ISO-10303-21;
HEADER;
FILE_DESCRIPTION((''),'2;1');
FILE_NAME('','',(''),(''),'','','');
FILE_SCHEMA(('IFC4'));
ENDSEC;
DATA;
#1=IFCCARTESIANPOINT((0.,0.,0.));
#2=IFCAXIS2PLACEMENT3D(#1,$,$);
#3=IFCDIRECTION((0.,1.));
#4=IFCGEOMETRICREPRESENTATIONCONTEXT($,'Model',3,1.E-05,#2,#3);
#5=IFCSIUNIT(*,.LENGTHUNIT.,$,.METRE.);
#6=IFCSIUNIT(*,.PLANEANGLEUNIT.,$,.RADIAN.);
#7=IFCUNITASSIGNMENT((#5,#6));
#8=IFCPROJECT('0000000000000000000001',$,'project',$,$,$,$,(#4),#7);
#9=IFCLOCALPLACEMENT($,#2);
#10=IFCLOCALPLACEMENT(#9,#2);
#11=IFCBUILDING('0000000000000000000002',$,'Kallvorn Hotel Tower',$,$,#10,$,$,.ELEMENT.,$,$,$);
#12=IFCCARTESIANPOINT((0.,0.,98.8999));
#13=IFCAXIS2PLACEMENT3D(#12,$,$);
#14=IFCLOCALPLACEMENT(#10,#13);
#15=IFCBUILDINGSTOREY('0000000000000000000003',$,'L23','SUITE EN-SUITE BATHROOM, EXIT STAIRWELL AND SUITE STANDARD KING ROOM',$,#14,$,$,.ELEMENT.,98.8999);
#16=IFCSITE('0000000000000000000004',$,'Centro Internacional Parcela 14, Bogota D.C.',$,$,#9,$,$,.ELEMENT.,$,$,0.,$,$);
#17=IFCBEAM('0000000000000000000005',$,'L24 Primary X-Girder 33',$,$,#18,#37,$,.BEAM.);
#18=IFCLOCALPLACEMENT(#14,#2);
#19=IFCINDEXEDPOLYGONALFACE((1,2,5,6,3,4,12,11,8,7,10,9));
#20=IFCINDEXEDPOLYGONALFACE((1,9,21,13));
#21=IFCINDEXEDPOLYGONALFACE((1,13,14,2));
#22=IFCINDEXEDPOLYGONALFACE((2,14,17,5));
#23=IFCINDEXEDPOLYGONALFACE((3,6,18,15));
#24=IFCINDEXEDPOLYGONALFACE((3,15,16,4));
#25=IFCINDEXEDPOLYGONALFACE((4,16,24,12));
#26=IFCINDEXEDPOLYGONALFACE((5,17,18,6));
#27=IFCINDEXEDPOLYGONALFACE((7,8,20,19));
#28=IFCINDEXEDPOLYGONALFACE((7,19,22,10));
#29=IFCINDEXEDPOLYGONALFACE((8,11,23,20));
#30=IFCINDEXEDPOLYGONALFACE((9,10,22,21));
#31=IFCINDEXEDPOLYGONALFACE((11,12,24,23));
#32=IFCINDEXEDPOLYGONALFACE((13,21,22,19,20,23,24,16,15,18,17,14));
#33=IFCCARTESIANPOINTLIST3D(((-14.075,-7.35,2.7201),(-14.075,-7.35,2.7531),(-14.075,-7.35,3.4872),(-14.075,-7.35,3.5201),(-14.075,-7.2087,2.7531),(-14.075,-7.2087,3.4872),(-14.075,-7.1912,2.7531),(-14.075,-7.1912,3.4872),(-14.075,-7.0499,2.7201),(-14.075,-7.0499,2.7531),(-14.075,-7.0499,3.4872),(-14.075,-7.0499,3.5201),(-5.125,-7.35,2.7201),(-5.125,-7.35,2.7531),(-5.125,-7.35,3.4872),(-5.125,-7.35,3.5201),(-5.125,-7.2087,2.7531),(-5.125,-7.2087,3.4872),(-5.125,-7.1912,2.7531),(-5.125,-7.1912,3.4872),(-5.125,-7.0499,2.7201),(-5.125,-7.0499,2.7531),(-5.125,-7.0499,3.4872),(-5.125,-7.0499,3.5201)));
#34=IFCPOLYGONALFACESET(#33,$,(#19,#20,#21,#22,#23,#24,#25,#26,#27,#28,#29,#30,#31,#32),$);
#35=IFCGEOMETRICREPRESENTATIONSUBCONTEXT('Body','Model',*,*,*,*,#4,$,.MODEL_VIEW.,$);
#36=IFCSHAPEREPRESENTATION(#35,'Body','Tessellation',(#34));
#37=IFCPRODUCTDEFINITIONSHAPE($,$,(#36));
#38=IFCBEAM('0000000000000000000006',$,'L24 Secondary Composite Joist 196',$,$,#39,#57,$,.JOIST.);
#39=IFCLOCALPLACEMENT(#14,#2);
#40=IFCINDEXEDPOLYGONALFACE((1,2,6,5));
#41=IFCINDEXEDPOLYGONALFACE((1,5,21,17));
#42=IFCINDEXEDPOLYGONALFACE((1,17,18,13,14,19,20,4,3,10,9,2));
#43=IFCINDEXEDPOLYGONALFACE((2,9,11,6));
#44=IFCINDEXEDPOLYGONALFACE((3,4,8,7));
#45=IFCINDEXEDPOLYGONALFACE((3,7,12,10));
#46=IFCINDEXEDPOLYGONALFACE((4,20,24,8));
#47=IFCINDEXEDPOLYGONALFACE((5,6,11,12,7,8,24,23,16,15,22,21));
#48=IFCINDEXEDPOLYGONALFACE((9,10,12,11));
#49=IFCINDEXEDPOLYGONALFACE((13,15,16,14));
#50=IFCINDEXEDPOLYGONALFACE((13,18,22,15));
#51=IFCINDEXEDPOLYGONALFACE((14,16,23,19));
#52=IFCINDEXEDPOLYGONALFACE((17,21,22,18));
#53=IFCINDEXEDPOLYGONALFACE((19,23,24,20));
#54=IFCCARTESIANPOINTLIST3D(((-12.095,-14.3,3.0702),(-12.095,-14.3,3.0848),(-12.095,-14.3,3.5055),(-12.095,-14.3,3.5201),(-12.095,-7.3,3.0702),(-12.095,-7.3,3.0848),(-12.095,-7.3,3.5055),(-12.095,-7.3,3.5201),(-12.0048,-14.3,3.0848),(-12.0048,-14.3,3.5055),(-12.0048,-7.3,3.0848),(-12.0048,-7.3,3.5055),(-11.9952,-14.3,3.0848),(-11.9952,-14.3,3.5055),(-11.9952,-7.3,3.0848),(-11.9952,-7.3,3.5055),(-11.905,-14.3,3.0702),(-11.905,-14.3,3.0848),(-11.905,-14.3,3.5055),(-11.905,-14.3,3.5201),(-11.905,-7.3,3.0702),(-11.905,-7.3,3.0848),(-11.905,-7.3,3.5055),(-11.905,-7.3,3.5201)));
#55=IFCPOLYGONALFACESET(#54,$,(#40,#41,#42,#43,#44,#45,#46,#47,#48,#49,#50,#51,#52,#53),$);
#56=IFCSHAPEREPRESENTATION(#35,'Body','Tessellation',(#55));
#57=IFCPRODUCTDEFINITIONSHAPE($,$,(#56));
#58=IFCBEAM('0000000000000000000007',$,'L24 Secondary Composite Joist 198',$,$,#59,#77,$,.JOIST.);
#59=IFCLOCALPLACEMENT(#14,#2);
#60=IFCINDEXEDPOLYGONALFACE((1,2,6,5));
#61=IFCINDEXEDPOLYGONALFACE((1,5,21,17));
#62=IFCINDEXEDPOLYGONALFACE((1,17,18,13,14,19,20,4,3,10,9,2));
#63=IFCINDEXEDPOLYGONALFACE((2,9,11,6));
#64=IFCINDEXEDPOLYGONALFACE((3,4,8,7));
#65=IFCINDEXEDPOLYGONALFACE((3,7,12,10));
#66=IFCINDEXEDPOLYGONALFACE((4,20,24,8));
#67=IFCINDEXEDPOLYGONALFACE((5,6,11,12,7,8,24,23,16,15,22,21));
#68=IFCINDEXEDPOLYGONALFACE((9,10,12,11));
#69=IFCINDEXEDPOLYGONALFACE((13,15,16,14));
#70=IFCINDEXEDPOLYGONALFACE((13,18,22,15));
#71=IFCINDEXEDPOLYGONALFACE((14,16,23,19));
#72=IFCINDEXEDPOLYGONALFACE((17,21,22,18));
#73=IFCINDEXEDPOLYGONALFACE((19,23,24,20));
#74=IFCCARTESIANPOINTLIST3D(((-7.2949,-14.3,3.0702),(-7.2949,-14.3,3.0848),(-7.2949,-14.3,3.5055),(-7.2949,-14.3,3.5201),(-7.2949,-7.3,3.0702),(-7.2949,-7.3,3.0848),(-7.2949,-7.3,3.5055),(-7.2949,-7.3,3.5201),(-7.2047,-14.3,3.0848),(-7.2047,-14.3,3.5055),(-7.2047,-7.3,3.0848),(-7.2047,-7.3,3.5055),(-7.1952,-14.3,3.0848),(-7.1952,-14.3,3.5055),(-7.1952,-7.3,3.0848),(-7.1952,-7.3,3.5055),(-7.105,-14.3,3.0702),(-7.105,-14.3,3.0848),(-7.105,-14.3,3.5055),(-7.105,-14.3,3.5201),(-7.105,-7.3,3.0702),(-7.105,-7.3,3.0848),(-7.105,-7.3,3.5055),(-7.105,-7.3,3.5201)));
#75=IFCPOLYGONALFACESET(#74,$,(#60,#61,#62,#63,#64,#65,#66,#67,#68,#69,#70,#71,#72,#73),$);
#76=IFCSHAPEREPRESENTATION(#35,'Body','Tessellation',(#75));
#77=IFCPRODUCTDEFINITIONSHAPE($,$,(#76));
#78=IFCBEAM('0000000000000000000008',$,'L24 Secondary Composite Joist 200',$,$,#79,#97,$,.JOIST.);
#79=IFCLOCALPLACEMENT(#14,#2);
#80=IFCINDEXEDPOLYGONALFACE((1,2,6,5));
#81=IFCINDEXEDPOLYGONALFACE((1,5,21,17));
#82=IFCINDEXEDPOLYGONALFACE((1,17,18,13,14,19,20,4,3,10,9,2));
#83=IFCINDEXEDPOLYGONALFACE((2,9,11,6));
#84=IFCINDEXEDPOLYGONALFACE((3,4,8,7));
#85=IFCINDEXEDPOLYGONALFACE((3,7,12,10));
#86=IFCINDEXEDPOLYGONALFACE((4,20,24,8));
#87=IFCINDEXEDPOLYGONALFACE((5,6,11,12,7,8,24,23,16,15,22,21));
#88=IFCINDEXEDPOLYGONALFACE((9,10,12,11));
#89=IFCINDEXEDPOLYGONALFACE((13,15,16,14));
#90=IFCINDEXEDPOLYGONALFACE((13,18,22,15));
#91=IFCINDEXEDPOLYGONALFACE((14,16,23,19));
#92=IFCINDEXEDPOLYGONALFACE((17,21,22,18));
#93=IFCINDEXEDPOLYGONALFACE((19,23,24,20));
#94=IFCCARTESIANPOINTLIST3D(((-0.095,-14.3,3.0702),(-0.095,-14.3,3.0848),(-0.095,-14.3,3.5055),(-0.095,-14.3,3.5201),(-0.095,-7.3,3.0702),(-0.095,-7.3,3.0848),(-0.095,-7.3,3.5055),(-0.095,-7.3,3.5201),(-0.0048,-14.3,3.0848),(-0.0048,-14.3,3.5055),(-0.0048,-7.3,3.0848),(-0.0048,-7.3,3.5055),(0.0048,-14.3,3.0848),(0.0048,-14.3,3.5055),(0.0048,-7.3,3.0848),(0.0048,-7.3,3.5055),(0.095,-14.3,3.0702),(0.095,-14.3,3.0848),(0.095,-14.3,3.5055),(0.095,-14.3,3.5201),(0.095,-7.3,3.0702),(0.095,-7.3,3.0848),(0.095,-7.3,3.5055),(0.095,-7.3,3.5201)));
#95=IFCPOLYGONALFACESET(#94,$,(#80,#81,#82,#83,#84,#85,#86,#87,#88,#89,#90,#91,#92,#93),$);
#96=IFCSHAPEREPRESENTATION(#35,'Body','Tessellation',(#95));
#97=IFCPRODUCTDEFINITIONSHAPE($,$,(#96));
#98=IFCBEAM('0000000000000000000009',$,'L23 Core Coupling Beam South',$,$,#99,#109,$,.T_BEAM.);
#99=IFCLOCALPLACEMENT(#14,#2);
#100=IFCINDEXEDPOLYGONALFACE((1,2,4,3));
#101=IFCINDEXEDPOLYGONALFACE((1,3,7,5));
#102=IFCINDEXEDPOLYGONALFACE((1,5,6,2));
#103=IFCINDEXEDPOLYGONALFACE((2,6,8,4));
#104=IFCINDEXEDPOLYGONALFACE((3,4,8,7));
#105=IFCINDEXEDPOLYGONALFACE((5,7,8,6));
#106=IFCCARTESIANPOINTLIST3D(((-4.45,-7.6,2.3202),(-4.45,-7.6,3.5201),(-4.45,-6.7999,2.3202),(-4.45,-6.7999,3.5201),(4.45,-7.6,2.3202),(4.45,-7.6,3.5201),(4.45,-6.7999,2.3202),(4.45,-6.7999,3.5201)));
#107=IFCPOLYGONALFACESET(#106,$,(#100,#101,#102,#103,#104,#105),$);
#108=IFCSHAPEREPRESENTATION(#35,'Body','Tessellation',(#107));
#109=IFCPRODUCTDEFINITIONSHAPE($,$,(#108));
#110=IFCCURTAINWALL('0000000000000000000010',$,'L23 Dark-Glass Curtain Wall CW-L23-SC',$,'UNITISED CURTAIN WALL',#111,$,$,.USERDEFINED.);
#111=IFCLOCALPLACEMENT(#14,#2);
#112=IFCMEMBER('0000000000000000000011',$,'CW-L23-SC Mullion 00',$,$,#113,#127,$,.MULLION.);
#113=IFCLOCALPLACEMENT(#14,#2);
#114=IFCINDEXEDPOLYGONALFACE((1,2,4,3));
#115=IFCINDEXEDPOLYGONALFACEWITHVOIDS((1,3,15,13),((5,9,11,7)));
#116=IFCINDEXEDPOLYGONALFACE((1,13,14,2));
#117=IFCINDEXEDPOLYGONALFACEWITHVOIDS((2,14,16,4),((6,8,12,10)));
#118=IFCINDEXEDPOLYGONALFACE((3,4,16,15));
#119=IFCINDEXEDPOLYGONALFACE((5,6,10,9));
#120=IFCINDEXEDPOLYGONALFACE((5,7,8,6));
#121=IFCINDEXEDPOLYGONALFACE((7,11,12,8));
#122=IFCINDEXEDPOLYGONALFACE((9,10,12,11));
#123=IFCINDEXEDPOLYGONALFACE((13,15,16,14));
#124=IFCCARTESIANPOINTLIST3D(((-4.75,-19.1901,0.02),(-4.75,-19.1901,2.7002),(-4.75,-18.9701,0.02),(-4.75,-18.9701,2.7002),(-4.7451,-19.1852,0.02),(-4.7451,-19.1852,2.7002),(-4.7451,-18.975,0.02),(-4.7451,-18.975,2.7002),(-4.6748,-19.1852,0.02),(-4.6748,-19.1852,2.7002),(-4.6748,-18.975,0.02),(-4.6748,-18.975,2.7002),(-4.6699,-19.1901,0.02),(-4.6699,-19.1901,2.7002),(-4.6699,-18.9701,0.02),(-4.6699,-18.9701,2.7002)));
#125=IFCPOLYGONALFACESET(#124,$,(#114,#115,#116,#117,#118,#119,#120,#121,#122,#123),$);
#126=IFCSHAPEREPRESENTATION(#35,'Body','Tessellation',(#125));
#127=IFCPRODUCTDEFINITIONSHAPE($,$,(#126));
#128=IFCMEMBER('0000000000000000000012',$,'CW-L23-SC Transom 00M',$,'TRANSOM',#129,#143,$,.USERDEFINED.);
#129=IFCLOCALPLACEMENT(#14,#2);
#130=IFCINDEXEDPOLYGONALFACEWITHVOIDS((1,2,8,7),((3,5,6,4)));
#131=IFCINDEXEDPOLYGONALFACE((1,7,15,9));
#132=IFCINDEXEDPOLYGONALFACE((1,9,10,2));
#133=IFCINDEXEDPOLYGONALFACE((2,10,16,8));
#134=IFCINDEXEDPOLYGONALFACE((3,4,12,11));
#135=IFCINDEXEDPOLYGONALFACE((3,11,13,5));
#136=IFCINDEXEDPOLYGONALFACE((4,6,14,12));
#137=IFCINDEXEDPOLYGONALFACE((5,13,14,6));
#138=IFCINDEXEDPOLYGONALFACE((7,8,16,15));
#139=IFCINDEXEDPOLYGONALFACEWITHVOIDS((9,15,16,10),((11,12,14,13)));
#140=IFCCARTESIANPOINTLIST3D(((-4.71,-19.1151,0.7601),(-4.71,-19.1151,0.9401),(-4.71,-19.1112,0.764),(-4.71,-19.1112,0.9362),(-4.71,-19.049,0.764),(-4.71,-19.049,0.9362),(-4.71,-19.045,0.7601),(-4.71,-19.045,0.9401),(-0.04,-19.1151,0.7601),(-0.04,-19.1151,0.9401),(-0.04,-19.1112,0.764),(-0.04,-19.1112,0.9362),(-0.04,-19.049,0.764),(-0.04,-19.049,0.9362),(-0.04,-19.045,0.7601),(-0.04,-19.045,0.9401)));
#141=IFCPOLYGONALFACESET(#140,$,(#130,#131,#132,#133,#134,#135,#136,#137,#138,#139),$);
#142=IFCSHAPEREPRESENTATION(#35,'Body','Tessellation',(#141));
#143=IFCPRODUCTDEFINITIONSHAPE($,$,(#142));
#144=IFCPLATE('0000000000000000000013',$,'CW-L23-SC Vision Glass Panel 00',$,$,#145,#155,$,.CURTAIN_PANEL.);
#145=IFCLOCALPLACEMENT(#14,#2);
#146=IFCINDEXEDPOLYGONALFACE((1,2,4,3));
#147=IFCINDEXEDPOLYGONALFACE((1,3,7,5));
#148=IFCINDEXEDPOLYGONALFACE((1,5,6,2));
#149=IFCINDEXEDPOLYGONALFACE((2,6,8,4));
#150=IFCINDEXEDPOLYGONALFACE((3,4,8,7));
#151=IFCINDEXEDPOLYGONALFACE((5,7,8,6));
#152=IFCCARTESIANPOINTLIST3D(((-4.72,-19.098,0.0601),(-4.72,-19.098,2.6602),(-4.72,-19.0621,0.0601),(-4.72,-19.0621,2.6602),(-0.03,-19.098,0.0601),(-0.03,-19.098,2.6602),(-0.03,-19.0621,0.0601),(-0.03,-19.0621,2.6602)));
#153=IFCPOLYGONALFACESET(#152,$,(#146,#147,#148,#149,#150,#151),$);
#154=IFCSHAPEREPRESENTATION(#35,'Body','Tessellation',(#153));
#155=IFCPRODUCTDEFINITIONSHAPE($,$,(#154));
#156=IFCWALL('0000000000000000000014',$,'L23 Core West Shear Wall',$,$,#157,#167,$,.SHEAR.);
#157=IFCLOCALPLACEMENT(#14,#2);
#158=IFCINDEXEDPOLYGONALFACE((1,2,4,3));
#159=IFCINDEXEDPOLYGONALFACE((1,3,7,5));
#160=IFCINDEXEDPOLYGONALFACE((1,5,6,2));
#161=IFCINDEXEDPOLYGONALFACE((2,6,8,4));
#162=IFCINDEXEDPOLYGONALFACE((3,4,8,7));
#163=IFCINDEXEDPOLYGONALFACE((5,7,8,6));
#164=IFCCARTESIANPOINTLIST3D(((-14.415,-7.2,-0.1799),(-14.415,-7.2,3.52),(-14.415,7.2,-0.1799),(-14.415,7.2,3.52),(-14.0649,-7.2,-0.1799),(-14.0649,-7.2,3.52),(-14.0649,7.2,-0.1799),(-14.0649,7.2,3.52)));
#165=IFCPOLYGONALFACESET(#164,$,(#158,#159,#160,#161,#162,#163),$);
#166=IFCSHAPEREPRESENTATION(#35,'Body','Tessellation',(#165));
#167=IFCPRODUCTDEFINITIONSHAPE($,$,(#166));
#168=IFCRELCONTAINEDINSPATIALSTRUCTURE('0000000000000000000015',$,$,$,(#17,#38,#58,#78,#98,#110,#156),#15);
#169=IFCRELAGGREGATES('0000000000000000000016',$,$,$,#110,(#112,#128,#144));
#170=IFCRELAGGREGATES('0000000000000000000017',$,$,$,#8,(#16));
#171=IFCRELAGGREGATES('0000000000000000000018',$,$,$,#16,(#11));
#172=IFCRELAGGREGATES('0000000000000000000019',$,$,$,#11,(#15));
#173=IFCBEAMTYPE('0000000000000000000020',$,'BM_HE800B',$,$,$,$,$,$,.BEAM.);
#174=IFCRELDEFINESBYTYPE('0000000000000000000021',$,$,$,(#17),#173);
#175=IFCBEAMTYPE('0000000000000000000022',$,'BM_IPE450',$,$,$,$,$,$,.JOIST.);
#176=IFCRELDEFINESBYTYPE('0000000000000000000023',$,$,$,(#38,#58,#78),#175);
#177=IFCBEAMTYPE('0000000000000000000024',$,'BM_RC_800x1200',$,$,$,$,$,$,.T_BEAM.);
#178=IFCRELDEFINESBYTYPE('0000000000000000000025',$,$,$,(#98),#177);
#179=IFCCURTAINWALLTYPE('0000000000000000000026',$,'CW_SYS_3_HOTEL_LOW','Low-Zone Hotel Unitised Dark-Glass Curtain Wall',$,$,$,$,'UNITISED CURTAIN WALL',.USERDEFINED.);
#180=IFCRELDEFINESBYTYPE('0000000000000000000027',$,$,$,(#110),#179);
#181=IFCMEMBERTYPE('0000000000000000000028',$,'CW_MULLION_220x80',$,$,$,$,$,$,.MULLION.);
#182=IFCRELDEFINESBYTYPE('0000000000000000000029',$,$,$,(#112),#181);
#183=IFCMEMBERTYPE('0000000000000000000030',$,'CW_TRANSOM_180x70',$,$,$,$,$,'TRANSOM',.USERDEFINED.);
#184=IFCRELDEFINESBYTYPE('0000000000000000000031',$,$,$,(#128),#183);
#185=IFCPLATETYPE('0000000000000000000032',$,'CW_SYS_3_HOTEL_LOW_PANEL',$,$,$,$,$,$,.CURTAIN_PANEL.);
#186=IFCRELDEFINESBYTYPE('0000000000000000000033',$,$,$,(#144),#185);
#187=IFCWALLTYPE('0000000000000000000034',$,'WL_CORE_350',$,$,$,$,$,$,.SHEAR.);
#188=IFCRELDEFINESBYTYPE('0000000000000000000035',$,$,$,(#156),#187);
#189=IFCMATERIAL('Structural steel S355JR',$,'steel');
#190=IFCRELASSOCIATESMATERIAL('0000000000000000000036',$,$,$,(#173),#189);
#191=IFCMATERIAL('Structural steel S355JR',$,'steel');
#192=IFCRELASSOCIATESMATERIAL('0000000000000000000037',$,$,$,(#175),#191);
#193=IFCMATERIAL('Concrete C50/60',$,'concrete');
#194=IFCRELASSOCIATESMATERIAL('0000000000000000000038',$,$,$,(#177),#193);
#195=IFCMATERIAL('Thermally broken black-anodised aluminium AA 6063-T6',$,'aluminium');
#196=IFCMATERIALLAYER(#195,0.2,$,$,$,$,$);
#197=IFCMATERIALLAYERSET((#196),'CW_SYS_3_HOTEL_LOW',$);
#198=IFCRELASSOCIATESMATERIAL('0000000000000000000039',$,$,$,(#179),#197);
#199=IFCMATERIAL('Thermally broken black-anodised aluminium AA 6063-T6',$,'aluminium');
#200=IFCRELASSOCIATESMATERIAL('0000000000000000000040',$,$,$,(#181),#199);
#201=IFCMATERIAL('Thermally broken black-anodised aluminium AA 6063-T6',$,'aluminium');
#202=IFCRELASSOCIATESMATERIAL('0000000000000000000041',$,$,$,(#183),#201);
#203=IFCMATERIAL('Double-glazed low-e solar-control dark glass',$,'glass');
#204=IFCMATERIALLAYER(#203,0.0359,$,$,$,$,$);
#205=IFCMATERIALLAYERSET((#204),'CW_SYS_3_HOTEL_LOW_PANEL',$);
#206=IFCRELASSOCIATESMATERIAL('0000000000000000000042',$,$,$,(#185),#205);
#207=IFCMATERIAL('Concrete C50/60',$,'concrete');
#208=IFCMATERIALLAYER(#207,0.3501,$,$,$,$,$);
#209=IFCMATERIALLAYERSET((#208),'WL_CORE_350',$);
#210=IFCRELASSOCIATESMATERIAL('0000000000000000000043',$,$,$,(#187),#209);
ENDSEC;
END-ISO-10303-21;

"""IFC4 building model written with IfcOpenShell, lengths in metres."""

from ifc_helpers import new_model, si_unit, direction, frame, frame_2d, origin, origin_2d, place, context, subcontext, project, spatial, rectangle, hollow_rectangle, i_section, extrude, material, layer, layer_set, material_profile, profile_set, type_object, element, aggregate, save


model = new_model("IFC4")

# Units and contexts
model_context = context("Model", 3, precision=1e-05, world=origin(), true_north=direction((0.0, 1.0)))
body_context = subcontext(model_context, "Body", "Model", "MODEL_VIEW")
ifc_project = project(units=[si_unit("LENGTHUNIT", "METRE"), si_unit("PLANEANGLEUNIT", "RADIAN")], contexts=[model_context])

# Site, building, storey
site_placement = place(None, origin())
site = spatial("IfcSite", under=ifc_project, at=site_placement, Name="Centro Internacional Parcela 14, Bogota D.C.", CompositionType="ELEMENT", RefElevation=0.0)
building_placement = place(site_placement, origin())
building = spatial("IfcBuilding", under=site, at=building_placement, Name="Kallvorn Hotel Tower", CompositionType="ELEMENT")
storey_placement = place(building_placement, frame((0.0, 0.0, 98.8999)))
storey = spatial("IfcBuildingStorey", under=building, at=storey_placement, Name="L23", Description="SUITE EN-SUITE BATHROOM, EXIT STAIRWELL AND SUITE STANDARD KING ROOM", CompositionType="ELEMENT", Elevation=98.8999)

# Beams
ifc_material_1 = material(Name="Structural steel S355JR", Category="steel")
ifc_material_profile_1 = material_profile(ifc_material_1, i_section(OverallWidth=0.3, OverallDepth=0.8, WebThickness=0.0176, FlangeThickness=0.033, at=origin_2d()), Name="HE 800 B")
ifc_profile_set_1 = profile_set([ifc_material_profile_1], Name="Structural steel S355JR")
beam_type_1 = type_object("IfcBeamType", Name="BM_HE800B", PredefinedType="BEAM", material=ifc_profile_set_1)
beam_1_placement = place(storey_placement, frame((-14.075, -7.2, 3.1201), z_axis=(1.0, 0.0, 0.0), x_axis=(0.0, 1.0, 0.0)))
element("IfcBeam", 1, at=beam_1_placement, inside=storey, type_object=beam_type_1, Name="L24 Primary X-Girder 33", PredefinedType="BEAM", context=body_context, shape_type="SweptSolid", body=[
    extrude(i_section(OverallWidth=0.3, OverallDepth=0.8, WebThickness=0.0176, FlangeThickness=0.033, at=origin_2d()), origin(), (0.0, 0.0, 1.0), 8.95),
])
ifc_material_2 = material(Name="Structural steel S355JR", Category="steel")
ifc_material_profile_2 = material_profile(ifc_material_2, i_section(OverallWidth=0.1899, OverallDepth=0.45, WebThickness=0.0095, FlangeThickness=0.0146, at=origin_2d()), Name="IPE 450")
ifc_profile_set_2 = profile_set([ifc_material_profile_2], Name="Structural steel S355JR")
beam_type_2 = type_object("IfcBeamType", Name="BM_IPE450", PredefinedType="JOIST", material=ifc_profile_set_2)
for number, where, z_axis, x_axis, name in (
    (2, (-12.0, -14.3, 3.2952), (0.0, 1.0, 0.0), (-1.0, 0.0, 0.0), "L24 Secondary Composite Joist 196"),
    (3, (-7.2, -14.3, 3.2952), (0.0, 1.0, 0.0), (-1.0, 0.0, 0.0), "L24 Secondary Composite Joist 198"),
    (4, (0.0, -14.3, 3.2952), (0.0, 1.0, 0.0), (-1.0, 0.0, 0.0), "L24 Secondary Composite Joist 200"),
):
    element("IfcBeam", number, at=place(storey_placement, frame(where, z_axis=z_axis, x_axis=x_axis)), inside=storey, type_object=beam_type_2, Name=name, PredefinedType="JOIST", context=body_context, shape_type="SweptSolid", body=[
        extrude(i_section(OverallWidth=0.1899, OverallDepth=0.45, WebThickness=0.0095, FlangeThickness=0.0146, at=origin_2d()), origin(), (0.0, 0.0, 1.0), 7.0),
    ])
ifc_material_3 = material(Name="Concrete C50/60", Category="concrete")
ifc_material_profile_3 = material_profile(ifc_material_3, rectangle(XDim=0.8, YDim=1.2, at=origin_2d()), Name="RC 800x1200")
ifc_profile_set_3 = profile_set([ifc_material_profile_3], Name="Concrete C50/60")
beam_type_3 = type_object("IfcBeamType", Name="BM_RC_800x1200", PredefinedType="T_BEAM", material=ifc_profile_set_3)
beam_2_placement = place(storey_placement, frame((-4.45, -7.2, 2.9202), z_axis=(1.0, 0.0, 0.0), x_axis=(0.0, 1.0, 0.0)))
element("IfcBeam", 5, at=beam_2_placement, inside=storey, type_object=beam_type_3, Name="L23 Core Coupling Beam South", PredefinedType="T_BEAM", context=body_context, shape_type="SweptSolid", body=[
    extrude(rectangle(XDim=0.8, YDim=1.2, at=origin_2d()), origin(), (0.0, 0.0, 1.0), 8.8999),
])

# Curtain wall, members, plate
ifc_material_4 = material(Name="Thermally broken black-anodised aluminium AA 6063-T6", Category="aluminium")
ifc_layer_1 = layer(ifc_material_4, 0.2)
ifc_layer_set_1 = layer_set([ifc_layer_1], Name="CW_SYS_3_HOTEL_LOW")
curtain_wall_type = type_object("IfcCurtainWallType", Name="CW_SYS_3_HOTEL_LOW", Description="Low-Zone Hotel Unitised Dark-Glass Curtain Wall", ElementType="UNITISED CURTAIN WALL", PredefinedType="USERDEFINED", material=ifc_layer_set_1)
curtain_wall_placement = place(storey_placement, origin())
curtain_wall = element("IfcCurtainWall", 6, at=curtain_wall_placement, inside=storey, type_object=curtain_wall_type, Name="L23 Dark-Glass Curtain Wall CW-L23-SC", ObjectType="UNITISED CURTAIN WALL", PredefinedType="USERDEFINED")
ifc_material_5 = material(Name="Thermally broken black-anodised aluminium AA 6063-T6", Category="aluminium")
ifc_material_profile_4 = material_profile(ifc_material_5, hollow_rectangle(XDim=0.0801, YDim=0.22, WallThickness=0.0049, at=origin_2d()), Name="MUL 220x80")
ifc_profile_set_4 = profile_set([ifc_material_profile_4], Name="Thermally broken black-anodised aluminium AA 6063-T6")
member_type_1 = type_object("IfcMemberType", Name="CW_MULLION_220x80", PredefinedType="MULLION", material=ifc_profile_set_4)
member_1_placement = place(storey_placement, frame((-4.71, -19.0801, 0.02), z_axis=(0.0, 0.0, 1.0), x_axis=(1.0, 0.0, 0.0)))
member_1 = element("IfcMember", 7, at=member_1_placement, type_object=member_type_1, Name="CW-L23-SC Mullion 00", PredefinedType="MULLION", context=body_context, shape_type="SweptSolid", body=[
    extrude(hollow_rectangle(XDim=0.0801, YDim=0.22, WallThickness=0.0049, at=origin_2d()), origin(), (0.0, 0.0, 1.0), 2.6802),
])
ifc_material_6 = material(Name="Thermally broken black-anodised aluminium AA 6063-T6", Category="aluminium")
ifc_material_profile_5 = material_profile(ifc_material_6, hollow_rectangle(XDim=0.0701, YDim=0.1799, WallThickness=0.0039, at=origin_2d()), Name="TRN 180x70")
ifc_profile_set_5 = profile_set([ifc_material_profile_5], Name="Thermally broken black-anodised aluminium AA 6063-T6")
member_type_2 = type_object("IfcMemberType", Name="CW_TRANSOM_180x70", ElementType="TRANSOM", PredefinedType="USERDEFINED", material=ifc_profile_set_5)
member_2_placement = place(storey_placement, frame((-4.71, -19.0801, 0.8501), z_axis=(1.0, 0.0, 0.0), x_axis=(0.0, 1.0, 0.0)))
member_2 = element("IfcMember", 8, at=member_2_placement, type_object=member_type_2, Name="CW-L23-SC Transom 00M", ObjectType="TRANSOM", PredefinedType="USERDEFINED", context=body_context, shape_type="SweptSolid", body=[
    extrude(hollow_rectangle(XDim=0.0701, YDim=0.1799, WallThickness=0.0039, at=origin_2d()), origin(), (0.0, 0.0, 1.0), 4.6699),
])
ifc_material_7 = material(Name="Double-glazed low-e solar-control dark glass", Category="glass")
ifc_layer_2 = layer(ifc_material_7, 0.0359)
ifc_layer_set_2 = layer_set([ifc_layer_2], Name="CW_SYS_3_HOTEL_LOW_PANEL")
plate_type = type_object("IfcPlateType", Name="CW_SYS_3_HOTEL_LOW_PANEL", PredefinedType="CURTAIN_PANEL", material=ifc_layer_set_2)
plate_placement = place(storey_placement, frame((-2.375, -19.0801, 0.0601), z_axis=(0.0, 0.0, 1.0), x_axis=(1.0, 0.0, 0.0)))
plate = element("IfcPlate", 9, at=plate_placement, type_object=plate_type, Name="CW-L23-SC Vision Glass Panel 00", PredefinedType="CURTAIN_PANEL", context=body_context, shape_type="SweptSolid", body=[
    extrude(rectangle(XDim=4.6899, YDim=0.0359, at=origin_2d()), origin(), (0.0, 0.0, 1.0), 2.6001),
])
aggregate(curtain_wall, [member_1, member_2, plate])

# Wall
ifc_material_8 = material(Name="Concrete C50/60", Category="concrete")
ifc_layer_3 = layer(ifc_material_8, 0.3501)
ifc_layer_set_3 = layer_set([ifc_layer_3], Name="WL_CORE_350")
wall_type_1 = type_object("IfcWallType", Name="WL_CORE_350", PredefinedType="SHEAR", material=ifc_layer_set_3)
wall_1_placement = place(storey_placement, frame((-14.24, -7.2, -0.1799), z_axis=(0.0, 0.0, 1.0), x_axis=(0.0, 1.0, 0.0)))
element("IfcWall", 10, at=wall_1_placement, inside=storey, type_object=wall_type_1, Name="L23 Core West Shear Wall", PredefinedType="SHEAR", context=body_context, shape_type="SweptSolid", body=[
    extrude(rectangle(XDim=14.3999, YDim=0.3501, at=frame_2d((7.2, 0.0))), origin(), (0.0, 0.0, 1.0), 3.7),
])

save(model, "model.ifc")
